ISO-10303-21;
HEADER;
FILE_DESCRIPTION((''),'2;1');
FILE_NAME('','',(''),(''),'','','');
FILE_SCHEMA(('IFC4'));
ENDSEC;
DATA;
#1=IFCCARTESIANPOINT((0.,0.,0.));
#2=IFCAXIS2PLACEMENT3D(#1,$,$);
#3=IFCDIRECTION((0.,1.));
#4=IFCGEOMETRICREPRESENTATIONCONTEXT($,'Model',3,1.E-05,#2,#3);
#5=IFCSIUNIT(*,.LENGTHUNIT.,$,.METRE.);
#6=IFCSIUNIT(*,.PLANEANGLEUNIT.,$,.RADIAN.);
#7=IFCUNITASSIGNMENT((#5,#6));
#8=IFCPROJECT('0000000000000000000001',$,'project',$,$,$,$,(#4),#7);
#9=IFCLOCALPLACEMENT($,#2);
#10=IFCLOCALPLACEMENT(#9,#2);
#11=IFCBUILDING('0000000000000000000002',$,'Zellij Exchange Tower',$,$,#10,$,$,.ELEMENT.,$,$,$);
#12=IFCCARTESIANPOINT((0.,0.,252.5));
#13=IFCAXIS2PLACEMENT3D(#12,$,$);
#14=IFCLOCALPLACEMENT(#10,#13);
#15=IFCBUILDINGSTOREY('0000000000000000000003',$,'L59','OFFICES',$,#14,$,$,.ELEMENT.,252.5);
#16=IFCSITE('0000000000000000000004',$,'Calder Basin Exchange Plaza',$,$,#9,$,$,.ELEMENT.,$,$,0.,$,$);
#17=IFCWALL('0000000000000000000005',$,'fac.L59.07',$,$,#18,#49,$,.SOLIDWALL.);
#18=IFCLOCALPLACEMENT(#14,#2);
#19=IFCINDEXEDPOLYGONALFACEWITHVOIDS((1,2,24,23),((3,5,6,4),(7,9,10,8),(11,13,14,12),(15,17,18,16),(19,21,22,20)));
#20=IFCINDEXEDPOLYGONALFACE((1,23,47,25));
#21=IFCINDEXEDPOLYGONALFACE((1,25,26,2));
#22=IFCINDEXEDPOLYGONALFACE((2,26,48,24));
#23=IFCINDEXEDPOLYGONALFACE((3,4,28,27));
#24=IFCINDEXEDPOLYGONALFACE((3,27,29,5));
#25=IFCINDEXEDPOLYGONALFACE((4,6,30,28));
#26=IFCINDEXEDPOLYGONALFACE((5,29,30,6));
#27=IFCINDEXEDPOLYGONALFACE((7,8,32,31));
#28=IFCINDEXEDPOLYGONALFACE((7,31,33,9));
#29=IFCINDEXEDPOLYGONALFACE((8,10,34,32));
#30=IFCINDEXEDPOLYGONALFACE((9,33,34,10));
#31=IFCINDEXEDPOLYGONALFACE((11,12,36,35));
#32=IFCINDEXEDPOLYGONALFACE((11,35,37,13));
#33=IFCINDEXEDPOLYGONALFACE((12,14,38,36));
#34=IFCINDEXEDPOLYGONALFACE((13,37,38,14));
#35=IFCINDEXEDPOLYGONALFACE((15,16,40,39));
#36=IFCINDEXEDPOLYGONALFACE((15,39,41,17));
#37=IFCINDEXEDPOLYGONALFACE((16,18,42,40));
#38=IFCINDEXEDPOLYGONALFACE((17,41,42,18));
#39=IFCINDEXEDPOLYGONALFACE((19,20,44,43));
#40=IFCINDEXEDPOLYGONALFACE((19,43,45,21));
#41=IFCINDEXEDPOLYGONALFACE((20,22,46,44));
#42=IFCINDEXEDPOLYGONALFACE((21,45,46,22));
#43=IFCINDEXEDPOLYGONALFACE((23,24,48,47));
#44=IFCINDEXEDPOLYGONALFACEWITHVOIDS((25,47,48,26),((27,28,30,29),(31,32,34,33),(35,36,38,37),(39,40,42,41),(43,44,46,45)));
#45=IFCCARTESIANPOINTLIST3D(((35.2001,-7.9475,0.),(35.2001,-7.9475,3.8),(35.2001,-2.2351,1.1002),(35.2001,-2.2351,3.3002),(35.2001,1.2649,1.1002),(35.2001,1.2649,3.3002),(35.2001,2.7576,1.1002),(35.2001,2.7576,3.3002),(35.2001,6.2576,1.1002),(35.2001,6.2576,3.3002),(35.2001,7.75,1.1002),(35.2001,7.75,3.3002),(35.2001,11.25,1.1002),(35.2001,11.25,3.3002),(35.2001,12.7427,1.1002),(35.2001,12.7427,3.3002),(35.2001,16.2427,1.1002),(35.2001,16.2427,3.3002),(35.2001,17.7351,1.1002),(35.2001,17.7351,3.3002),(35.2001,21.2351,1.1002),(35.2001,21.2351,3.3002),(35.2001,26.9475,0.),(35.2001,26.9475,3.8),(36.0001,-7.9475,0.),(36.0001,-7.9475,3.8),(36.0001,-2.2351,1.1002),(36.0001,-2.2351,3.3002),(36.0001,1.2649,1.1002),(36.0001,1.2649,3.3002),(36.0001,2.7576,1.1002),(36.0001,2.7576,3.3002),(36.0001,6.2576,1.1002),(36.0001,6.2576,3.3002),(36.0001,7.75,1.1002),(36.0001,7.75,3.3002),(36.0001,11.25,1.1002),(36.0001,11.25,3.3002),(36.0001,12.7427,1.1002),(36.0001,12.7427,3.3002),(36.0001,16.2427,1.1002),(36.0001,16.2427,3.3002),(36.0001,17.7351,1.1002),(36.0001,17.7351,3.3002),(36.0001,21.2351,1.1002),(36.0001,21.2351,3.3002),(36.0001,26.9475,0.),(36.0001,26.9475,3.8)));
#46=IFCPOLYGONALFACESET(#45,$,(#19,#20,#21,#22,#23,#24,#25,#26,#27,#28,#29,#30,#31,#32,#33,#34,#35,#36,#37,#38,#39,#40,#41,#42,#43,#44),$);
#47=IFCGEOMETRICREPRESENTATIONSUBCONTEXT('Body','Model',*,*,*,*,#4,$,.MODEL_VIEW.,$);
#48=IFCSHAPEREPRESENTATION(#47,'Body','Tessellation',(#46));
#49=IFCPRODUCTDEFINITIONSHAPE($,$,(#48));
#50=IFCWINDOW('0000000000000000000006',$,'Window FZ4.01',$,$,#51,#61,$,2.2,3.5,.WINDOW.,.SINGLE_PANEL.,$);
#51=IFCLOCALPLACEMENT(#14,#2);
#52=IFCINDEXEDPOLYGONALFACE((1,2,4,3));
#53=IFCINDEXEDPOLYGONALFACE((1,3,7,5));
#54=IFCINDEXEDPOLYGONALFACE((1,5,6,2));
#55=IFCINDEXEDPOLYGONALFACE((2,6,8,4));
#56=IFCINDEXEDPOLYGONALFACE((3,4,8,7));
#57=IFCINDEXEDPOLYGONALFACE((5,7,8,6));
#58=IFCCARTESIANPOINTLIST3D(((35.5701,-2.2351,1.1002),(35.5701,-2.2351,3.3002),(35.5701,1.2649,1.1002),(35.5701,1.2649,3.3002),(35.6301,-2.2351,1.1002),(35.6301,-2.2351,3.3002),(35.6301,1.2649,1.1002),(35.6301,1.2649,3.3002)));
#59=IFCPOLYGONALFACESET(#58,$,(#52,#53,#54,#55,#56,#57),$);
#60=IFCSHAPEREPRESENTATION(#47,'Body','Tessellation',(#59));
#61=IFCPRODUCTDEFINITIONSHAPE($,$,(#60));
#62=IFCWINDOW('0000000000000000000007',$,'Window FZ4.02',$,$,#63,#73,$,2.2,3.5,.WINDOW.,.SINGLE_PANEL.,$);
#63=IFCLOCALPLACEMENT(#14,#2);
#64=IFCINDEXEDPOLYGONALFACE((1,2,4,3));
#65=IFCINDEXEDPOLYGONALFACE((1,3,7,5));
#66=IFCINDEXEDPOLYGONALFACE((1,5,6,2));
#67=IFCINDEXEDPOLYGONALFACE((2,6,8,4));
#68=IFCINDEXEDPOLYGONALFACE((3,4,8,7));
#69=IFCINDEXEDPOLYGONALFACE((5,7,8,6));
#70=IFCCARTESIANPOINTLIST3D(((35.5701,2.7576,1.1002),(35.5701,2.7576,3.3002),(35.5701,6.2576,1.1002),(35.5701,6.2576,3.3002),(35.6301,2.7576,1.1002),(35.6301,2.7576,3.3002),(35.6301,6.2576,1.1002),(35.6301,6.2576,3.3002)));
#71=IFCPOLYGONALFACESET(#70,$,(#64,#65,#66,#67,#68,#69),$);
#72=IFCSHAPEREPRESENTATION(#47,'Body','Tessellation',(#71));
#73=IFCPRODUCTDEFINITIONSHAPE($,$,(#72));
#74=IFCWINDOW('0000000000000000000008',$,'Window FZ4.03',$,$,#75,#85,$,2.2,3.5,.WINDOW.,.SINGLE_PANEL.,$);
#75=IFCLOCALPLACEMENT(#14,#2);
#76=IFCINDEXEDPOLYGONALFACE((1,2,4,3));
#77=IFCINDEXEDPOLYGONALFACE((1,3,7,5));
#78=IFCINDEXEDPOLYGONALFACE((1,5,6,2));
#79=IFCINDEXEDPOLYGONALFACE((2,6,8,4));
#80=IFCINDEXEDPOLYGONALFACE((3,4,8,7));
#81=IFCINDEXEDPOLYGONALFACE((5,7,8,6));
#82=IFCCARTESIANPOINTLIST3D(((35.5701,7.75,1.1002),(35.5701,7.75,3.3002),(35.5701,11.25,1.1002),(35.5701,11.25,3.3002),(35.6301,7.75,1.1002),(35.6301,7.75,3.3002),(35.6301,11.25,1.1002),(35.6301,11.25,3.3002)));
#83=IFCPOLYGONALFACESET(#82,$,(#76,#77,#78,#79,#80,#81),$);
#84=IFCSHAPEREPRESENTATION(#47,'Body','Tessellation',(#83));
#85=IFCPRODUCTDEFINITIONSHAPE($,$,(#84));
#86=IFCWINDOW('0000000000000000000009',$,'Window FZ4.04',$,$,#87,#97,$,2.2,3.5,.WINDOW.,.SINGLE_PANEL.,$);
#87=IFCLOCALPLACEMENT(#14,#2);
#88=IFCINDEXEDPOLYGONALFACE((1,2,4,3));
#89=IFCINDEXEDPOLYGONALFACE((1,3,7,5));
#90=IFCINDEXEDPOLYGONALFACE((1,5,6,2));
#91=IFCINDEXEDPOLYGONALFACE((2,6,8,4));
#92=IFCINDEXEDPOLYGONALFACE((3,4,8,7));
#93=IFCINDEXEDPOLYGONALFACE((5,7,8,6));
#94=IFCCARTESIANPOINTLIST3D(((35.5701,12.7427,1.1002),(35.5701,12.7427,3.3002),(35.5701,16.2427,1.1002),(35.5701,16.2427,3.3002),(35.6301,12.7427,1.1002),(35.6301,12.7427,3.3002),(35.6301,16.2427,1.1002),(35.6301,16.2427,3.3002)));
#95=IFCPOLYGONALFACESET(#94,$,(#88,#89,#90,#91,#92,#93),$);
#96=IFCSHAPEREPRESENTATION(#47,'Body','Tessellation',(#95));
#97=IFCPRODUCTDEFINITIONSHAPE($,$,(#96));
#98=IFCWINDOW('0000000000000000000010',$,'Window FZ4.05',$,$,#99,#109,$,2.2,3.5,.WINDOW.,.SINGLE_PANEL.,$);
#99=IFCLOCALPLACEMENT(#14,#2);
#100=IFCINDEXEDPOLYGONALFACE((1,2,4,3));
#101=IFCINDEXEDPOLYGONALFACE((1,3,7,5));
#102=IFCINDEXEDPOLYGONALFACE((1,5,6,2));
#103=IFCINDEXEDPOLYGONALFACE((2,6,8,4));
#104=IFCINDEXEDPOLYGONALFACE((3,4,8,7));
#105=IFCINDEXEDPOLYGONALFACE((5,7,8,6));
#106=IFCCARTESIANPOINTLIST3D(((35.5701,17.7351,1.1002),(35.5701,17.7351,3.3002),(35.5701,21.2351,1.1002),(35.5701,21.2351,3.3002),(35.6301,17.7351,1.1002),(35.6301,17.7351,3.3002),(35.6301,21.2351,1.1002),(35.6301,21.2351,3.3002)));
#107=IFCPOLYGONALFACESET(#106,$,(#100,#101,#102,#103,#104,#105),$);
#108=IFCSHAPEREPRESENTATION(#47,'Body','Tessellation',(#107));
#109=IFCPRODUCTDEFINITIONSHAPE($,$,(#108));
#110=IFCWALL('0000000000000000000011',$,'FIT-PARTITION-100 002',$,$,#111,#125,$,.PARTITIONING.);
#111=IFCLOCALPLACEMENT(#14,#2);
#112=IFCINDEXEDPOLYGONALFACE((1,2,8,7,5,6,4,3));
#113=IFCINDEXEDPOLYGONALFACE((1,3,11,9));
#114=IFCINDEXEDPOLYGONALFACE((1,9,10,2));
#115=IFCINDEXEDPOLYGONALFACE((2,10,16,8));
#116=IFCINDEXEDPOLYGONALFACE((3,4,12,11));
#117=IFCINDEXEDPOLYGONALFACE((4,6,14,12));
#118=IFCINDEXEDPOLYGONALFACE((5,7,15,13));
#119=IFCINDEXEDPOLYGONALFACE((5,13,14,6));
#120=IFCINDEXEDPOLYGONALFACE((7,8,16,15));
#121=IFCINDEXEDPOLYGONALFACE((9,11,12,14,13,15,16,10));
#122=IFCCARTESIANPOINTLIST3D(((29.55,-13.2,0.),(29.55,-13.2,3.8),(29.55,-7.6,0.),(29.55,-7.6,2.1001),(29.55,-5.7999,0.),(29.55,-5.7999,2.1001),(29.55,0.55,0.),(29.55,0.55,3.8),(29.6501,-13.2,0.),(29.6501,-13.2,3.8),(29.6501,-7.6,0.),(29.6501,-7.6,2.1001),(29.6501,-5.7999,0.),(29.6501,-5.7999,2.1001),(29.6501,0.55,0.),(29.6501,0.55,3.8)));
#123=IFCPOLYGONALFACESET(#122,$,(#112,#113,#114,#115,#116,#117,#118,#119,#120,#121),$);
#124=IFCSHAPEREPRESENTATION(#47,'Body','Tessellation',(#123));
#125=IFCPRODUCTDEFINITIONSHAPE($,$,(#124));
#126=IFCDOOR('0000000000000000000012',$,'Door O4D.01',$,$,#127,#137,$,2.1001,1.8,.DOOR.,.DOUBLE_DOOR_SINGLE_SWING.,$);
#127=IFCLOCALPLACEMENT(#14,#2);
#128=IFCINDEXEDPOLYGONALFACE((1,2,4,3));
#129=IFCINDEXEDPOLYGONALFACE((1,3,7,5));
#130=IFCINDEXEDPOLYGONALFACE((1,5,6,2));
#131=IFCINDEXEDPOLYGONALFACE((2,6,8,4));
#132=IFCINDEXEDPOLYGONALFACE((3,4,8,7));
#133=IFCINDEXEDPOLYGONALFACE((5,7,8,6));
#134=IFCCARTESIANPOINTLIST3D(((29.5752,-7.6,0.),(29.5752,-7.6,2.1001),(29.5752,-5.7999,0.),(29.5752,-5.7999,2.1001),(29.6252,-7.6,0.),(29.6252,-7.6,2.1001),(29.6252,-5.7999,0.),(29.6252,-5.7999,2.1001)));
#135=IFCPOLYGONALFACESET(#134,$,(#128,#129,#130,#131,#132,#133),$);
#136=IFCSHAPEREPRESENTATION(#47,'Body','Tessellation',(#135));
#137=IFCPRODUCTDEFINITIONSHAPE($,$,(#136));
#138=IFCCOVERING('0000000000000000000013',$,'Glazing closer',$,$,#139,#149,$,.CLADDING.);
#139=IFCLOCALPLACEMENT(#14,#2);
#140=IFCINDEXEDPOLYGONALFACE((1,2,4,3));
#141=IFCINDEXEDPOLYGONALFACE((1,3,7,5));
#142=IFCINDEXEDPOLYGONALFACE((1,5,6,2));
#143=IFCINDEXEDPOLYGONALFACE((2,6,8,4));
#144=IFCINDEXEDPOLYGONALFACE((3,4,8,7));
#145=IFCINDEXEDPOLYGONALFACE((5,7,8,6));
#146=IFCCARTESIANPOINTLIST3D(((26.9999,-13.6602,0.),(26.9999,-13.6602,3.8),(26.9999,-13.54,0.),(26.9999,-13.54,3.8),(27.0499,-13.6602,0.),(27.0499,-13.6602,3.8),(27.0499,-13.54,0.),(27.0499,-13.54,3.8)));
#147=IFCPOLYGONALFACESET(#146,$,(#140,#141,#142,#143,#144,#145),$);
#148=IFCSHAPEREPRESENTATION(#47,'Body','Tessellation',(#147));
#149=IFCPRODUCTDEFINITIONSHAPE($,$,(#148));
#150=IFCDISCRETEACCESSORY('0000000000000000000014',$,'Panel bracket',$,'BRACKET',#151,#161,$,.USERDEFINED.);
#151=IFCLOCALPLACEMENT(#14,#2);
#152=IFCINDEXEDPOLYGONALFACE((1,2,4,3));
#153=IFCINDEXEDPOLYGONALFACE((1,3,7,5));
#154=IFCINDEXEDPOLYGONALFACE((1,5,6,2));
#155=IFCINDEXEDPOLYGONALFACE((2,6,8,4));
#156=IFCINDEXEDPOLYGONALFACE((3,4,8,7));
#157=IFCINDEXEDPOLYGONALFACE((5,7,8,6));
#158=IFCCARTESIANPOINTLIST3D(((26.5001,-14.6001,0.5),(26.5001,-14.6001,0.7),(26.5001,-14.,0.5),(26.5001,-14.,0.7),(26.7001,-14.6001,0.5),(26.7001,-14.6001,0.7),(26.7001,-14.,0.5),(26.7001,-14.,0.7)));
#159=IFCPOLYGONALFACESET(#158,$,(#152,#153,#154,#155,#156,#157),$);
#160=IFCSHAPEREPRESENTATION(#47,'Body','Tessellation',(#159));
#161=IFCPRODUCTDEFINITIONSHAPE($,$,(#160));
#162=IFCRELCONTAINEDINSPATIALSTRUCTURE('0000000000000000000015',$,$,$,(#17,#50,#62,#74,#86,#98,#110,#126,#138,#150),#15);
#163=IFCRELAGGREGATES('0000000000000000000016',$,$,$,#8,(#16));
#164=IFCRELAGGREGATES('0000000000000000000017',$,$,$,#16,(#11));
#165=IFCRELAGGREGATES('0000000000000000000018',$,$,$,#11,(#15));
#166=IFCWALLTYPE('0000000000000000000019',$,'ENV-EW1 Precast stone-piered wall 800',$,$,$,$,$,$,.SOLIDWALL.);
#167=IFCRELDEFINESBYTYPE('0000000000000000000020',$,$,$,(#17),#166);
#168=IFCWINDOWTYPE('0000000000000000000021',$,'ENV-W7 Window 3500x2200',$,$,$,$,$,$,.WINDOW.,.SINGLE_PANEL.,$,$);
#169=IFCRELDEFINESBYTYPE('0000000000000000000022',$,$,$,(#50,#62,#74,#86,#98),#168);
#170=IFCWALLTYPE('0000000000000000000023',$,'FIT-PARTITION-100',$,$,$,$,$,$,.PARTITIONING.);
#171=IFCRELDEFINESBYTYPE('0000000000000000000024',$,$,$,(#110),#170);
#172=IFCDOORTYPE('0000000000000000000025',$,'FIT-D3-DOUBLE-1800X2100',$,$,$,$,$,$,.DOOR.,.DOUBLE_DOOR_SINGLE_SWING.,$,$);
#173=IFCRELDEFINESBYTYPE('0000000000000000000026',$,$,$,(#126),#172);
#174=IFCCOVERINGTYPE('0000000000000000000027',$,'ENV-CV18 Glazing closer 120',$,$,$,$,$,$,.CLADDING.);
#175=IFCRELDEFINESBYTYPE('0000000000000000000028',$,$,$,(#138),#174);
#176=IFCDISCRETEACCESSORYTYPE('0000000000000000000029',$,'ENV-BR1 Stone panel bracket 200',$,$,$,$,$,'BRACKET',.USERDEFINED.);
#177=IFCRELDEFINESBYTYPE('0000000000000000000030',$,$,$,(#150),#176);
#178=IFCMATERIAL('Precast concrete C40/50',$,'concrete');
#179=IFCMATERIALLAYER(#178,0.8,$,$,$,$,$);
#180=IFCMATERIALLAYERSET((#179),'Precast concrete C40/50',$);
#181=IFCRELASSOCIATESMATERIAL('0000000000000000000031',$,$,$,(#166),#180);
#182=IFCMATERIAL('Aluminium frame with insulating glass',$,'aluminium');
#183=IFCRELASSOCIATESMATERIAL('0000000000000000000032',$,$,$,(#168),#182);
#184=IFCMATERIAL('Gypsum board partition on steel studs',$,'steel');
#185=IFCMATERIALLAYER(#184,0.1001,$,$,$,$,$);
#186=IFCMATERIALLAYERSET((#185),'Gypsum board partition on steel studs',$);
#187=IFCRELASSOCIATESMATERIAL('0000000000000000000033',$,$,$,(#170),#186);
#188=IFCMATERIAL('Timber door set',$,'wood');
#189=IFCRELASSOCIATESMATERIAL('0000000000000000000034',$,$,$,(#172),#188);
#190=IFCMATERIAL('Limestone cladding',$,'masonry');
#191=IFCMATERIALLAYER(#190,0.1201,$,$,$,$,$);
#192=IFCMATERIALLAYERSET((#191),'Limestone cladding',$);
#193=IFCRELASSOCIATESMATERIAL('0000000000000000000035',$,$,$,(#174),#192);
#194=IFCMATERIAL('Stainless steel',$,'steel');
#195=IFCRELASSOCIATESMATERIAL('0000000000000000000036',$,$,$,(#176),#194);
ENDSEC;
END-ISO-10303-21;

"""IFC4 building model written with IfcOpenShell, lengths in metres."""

from ifc_helpers import new_model, si_unit, direction, frame, frame_2d, origin, origin_2d, place, context, subcontext, project, spatial, rectangle, extrude, material, layer, layer_set, type_object, element, fill, save


model = new_model("IFC4")

# Units and contexts
model_context = context("Model", 3, precision=1e-05, world=origin(), true_north=direction((0.0, 1.0)))
body_context = subcontext(model_context, "Body", "Model", "MODEL_VIEW")
ifc_project = project(units=[si_unit("LENGTHUNIT", "METRE"), si_unit("PLANEANGLEUNIT", "RADIAN")], contexts=[model_context])

# Site, building, storey
site_placement = place(None, origin())
site = spatial("IfcSite", under=ifc_project, at=site_placement, Name="Calder Basin Exchange Plaza", CompositionType="ELEMENT", RefElevation=0.0)
building_placement = place(site_placement, origin())
building = spatial("IfcBuilding", under=site, at=building_placement, Name="Zellij Exchange Tower", CompositionType="ELEMENT")
storey_placement = place(building_placement, frame((0.0, 0.0, 252.5)))
storey = spatial("IfcBuildingStorey", under=building, at=storey_placement, Name="L59", Description="OFFICES", CompositionType="ELEMENT", Elevation=252.5)

# Shared definitions
ifc_material_1 = material(Name="Precast concrete C40/50", Category="concrete")
ifc_layer_1 = layer(ifc_material_1, 0.8)
ifc_layer_set_1 = layer_set([ifc_layer_1], Name="Precast concrete C40/50")
wall_type_1 = type_object("IfcWallType", Name="ENV-EW1 Precast stone-piered wall 800", PredefinedType="SOLIDWALL", material=ifc_layer_set_1)

# Wall, openings, windows
wall_1_placement = place(storey_placement, frame((35.6001, -7.9475, 0.0), z_axis=(0.0, 0.0, 1.0), x_axis=(0.0, 1.0, 0.0)))
wall_1 = element("IfcWall", 1, at=wall_1_placement, inside=storey, type_object=wall_type_1, Name="fac.L59.07", PredefinedType="SOLIDWALL", context=body_context, shape_type="SweptSolid", body=[
    extrude(rectangle(XDim=34.895, YDim=0.8, at=frame_2d((17.4475, 0.0))), origin(), (0.0, 0.0, 1.0), 3.8),
])
opening_1_placement = place(wall_1_placement, frame((5.7124, 0.0, 1.1001)))
opening_1 = element("IfcOpeningElement", 2, at=opening_1_placement, cuts=wall_1, PredefinedType="OPENING", context=body_context, shape_type="SweptSolid", body=[
    extrude(rectangle(XDim=3.5, YDim=2.2, at=frame_2d((1.75, 1.1001))), frame((0.0, 0.4121, 0.0), z_axis=(0.0, -1.0, 0.0), x_axis=(1.0, 0.0, 0.0)), (0.0, 0.0, 1.0), 0.824),
])
opening_2_placement = place(wall_1_placement, frame((10.7051, 0.0, 1.1001)))
opening_2 = element("IfcOpeningElement", 3, at=opening_2_placement, cuts=wall_1, PredefinedType="OPENING", context=body_context, shape_type="SweptSolid", body=[
    extrude(rectangle(XDim=3.5, YDim=2.2, at=frame_2d((1.75, 1.1001))), frame((0.0, 0.4121, 0.0), z_axis=(0.0, -1.0, 0.0), x_axis=(1.0, 0.0, 0.0)), (0.0, 0.0, 1.0), 0.824),
])
opening_3_placement = place(wall_1_placement, frame((15.6975, 0.0, 1.1001)))
opening_3 = element("IfcOpeningElement", 4, at=opening_3_placement, cuts=wall_1, PredefinedType="OPENING", context=body_context, shape_type="SweptSolid", body=[
    extrude(rectangle(XDim=3.5, YDim=2.2, at=frame_2d((1.75, 1.1001))), frame((0.0, 0.4121, 0.0), z_axis=(0.0, -1.0, 0.0), x_axis=(1.0, 0.0, 0.0)), (0.0, 0.0, 1.0), 0.824),
])
opening_4_placement = place(wall_1_placement, frame((20.6902, 0.0, 1.1001)))
opening_4 = element("IfcOpeningElement", 5, at=opening_4_placement, cuts=wall_1, PredefinedType="OPENING", context=body_context, shape_type="SweptSolid", body=[
    extrude(rectangle(XDim=3.5, YDim=2.2, at=frame_2d((1.75, 1.1001))), frame((0.0, 0.4121, 0.0), z_axis=(0.0, -1.0, 0.0), x_axis=(1.0, 0.0, 0.0)), (0.0, 0.0, 1.0), 0.824),
])
opening_5_placement = place(wall_1_placement, frame((25.6826, 0.0, 1.1001)))
opening_5 = element("IfcOpeningElement", 6, at=opening_5_placement, cuts=wall_1, PredefinedType="OPENING", context=body_context, shape_type="SweptSolid", body=[
    extrude(rectangle(XDim=3.5, YDim=2.2, at=frame_2d((1.75, 1.1001))), frame((0.0, 0.4121, 0.0), z_axis=(0.0, -1.0, 0.0), x_axis=(1.0, 0.0, 0.0)), (0.0, 0.0, 1.0), 0.824),
])
ifc_material_2 = material(Name="Aluminium frame with insulating glass", Category="aluminium")
window_type = type_object("IfcWindowType", Name="ENV-W7 Window 3500x2200", PartitioningType="SINGLE_PANEL", PredefinedType="WINDOW", material=ifc_material_2)
window_1_placement = place(opening_1_placement, origin())
window_1 = element("IfcWindow", 7, at=window_1_placement, inside=storey, type_object=window_type, Name="Window FZ4.01", OverallHeight=2.2, OverallWidth=3.5, PartitioningType="SINGLE_PANEL", PredefinedType="WINDOW", context=body_context, shape_type="SweptSolid", body=[
    extrude(rectangle(XDim=3.5, YDim=2.2, at=frame_2d((1.75, 1.1001))), frame((0.0, 0.03, 0.0), z_axis=(0.0, -1.0, 0.0), x_axis=(1.0, 0.0, 0.0)), (0.0, 0.0, 1.0), 0.0601),
])
fill(opening_1, window_1)
window_2_placement = place(opening_2_placement, origin())
window_2 = element("IfcWindow", 8, at=window_2_placement, inside=storey, type_object=window_type, Name="Window FZ4.02", OverallHeight=2.2, OverallWidth=3.5, PartitioningType="SINGLE_PANEL", PredefinedType="WINDOW", context=body_context, shape_type="SweptSolid", body=[
    extrude(rectangle(XDim=3.5, YDim=2.2, at=frame_2d((1.75, 1.1001))), frame((0.0, 0.03, 0.0), z_axis=(0.0, -1.0, 0.0), x_axis=(1.0, 0.0, 0.0)), (0.0, 0.0, 1.0), 0.0601),
])
fill(opening_2, window_2)
window_3_placement = place(opening_3_placement, origin())
window_3 = element("IfcWindow", 9, at=window_3_placement, inside=storey, type_object=window_type, Name="Window FZ4.03", OverallHeight=2.2, OverallWidth=3.5, PartitioningType="SINGLE_PANEL", PredefinedType="WINDOW", context=body_context, shape_type="SweptSolid", body=[
    extrude(rectangle(XDim=3.5, YDim=2.2, at=frame_2d((1.75, 1.1001))), frame((0.0, 0.03, 0.0), z_axis=(0.0, -1.0, 0.0), x_axis=(1.0, 0.0, 0.0)), (0.0, 0.0, 1.0), 0.0601),
])
fill(opening_3, window_3)
window_4_placement = place(opening_4_placement, origin())
window_4 = element("IfcWindow", 10, at=window_4_placement, inside=storey, type_object=window_type, Name="Window FZ4.04", OverallHeight=2.2, OverallWidth=3.5, PartitioningType="SINGLE_PANEL", PredefinedType="WINDOW", context=body_context, shape_type="SweptSolid", body=[
    extrude(rectangle(XDim=3.5, YDim=2.2, at=frame_2d((1.75, 1.1001))), frame((0.0, 0.03, 0.0), z_axis=(0.0, -1.0, 0.0), x_axis=(1.0, 0.0, 0.0)), (0.0, 0.0, 1.0), 0.0601),
])
fill(opening_4, window_4)
window_5_placement = place(opening_5_placement, origin())
window_5 = element("IfcWindow", 11, at=window_5_placement, inside=storey, type_object=window_type, Name="Window FZ4.05", OverallHeight=2.2, OverallWidth=3.5, PartitioningType="SINGLE_PANEL", PredefinedType="WINDOW", context=body_context, shape_type="SweptSolid", body=[
    extrude(rectangle(XDim=3.5, YDim=2.2, at=frame_2d((1.75, 1.1001))), frame((0.0, 0.03, 0.0), z_axis=(0.0, -1.0, 0.0), x_axis=(1.0, 0.0, 0.0)), (0.0, 0.0, 1.0), 0.0601),
])
fill(opening_5, window_5)

# Wall, opening, door
ifc_material_3 = material(Name="Gypsum board partition on steel studs", Category="steel")
ifc_layer_2 = layer(ifc_material_3, 0.1001)
ifc_layer_set_2 = layer_set([ifc_layer_2], Name="Gypsum board partition on steel studs")
wall_type_2 = type_object("IfcWallType", Name="FIT-PARTITION-100", PredefinedType="PARTITIONING", material=ifc_layer_set_2)
wall_2_placement = place(storey_placement, frame((29.6001, -13.2, 0.0), z_axis=(0.0, 0.0, 1.0), x_axis=(0.0, 1.0, 0.0)))
wall_2 = element("IfcWall", 12, at=wall_2_placement, inside=storey, type_object=wall_type_2, Name="FIT-PARTITION-100 002", PredefinedType="PARTITIONING", context=body_context, shape_type="SweptSolid", body=[
    extrude(rectangle(XDim=13.75, YDim=0.1001, at=frame_2d((6.875, 0.0))), origin(), (0.0, 0.0, 1.0), 3.8),
])
opening_6_placement = place(wall_2_placement, frame((5.6001, 0.0, 0.0)))
opening_6 = element("IfcOpeningElement", 13, at=opening_6_placement, cuts=wall_2, PredefinedType="OPENING", context=body_context, shape_type="SweptSolid", body=[
    extrude(rectangle(XDim=1.8, YDim=2.1001, at=frame_2d((0.8999, 1.05))), frame((0.0, 0.062, 0.0), z_axis=(0.0, -1.0, 0.0), x_axis=(1.0, 0.0, 0.0)), (0.0, 0.0, 1.0), 0.124),
])
ifc_material_4 = material(Name="Timber door set", Category="wood")
door_type_1 = type_object("IfcDoorType", Name="FIT-D3-DOUBLE-1800X2100", OperationType="DOUBLE_DOOR_SINGLE_SWING", PredefinedType="DOOR", material=ifc_material_4)
door_1_placement = place(opening_6_placement, origin())
door_1 = element("IfcDoor", 14, at=door_1_placement, inside=storey, type_object=door_type_1, Name="Door O4D.01", OperationType="DOUBLE_DOOR_SINGLE_SWING", OverallHeight=2.1001, OverallWidth=1.8, PredefinedType="DOOR", context=body_context, shape_type="SweptSolid", body=[
    extrude(rectangle(XDim=1.8, YDim=2.1001, at=frame_2d((0.8999, 1.05))), frame((0.0, 0.0249, 0.0), z_axis=(0.0, -1.0, 0.0), x_axis=(1.0, 0.0, 0.0)), (0.0, 0.0, 1.0), 0.05),
])
fill(opening_6, door_1)

# Covering
ifc_material_5 = material(Name="Limestone cladding", Category="masonry")
ifc_layer_3 = layer(ifc_material_5, 0.1201)
ifc_layer_set_3 = layer_set([ifc_layer_3], Name="Limestone cladding")
covering_type = type_object("IfcCoveringType", Name="ENV-CV18 Glazing closer 120", PredefinedType="CLADDING", material=ifc_layer_set_3)
covering_placement = place(storey_placement, frame((27.0249, -13.6001, 0.0), z_axis=(0.0, 0.0, 1.0), x_axis=(-1.0, 0.0, 0.0)))
element("IfcCovering", 15, at=covering_placement, inside=storey, type_object=covering_type, Name="Glazing closer", PredefinedType="CLADDING", context=body_context, shape_type="SweptSolid", body=[
    extrude(rectangle(XDim=0.05, YDim=0.1201, at=origin_2d()), origin(), (0.0, 0.0, 1.0), 3.8),
])

# Discrete accessory
ifc_material_6 = material(Name="Stainless steel", Category="steel")
discrete_accessory_type = type_object("IfcDiscreteAccessoryType", Name="ENV-BR1 Stone panel bracket 200", ElementType="BRACKET", PredefinedType="USERDEFINED", material=ifc_material_6)
for number, where, z_axis, x_axis, name in (
    (16, (26.6001, -14.3, 0.5), (0.0, 0.0, 1.0), (1.0, 0.0, 0.0), "Panel bracket"),
):
    element("IfcDiscreteAccessory", number, at=place(storey_placement, frame(where, z_axis=z_axis, x_axis=x_axis)), inside=storey, type_object=discrete_accessory_type, Name=name, ObjectType="BRACKET", PredefinedType="USERDEFINED", context=body_context, shape_type="SweptSolid", body=[
        extrude(rectangle(XDim=0.2, YDim=0.6001, at=origin_2d()), origin(), (0.0, 0.0, 1.0), 0.2),
    ])

save(model, "model.ifc")
